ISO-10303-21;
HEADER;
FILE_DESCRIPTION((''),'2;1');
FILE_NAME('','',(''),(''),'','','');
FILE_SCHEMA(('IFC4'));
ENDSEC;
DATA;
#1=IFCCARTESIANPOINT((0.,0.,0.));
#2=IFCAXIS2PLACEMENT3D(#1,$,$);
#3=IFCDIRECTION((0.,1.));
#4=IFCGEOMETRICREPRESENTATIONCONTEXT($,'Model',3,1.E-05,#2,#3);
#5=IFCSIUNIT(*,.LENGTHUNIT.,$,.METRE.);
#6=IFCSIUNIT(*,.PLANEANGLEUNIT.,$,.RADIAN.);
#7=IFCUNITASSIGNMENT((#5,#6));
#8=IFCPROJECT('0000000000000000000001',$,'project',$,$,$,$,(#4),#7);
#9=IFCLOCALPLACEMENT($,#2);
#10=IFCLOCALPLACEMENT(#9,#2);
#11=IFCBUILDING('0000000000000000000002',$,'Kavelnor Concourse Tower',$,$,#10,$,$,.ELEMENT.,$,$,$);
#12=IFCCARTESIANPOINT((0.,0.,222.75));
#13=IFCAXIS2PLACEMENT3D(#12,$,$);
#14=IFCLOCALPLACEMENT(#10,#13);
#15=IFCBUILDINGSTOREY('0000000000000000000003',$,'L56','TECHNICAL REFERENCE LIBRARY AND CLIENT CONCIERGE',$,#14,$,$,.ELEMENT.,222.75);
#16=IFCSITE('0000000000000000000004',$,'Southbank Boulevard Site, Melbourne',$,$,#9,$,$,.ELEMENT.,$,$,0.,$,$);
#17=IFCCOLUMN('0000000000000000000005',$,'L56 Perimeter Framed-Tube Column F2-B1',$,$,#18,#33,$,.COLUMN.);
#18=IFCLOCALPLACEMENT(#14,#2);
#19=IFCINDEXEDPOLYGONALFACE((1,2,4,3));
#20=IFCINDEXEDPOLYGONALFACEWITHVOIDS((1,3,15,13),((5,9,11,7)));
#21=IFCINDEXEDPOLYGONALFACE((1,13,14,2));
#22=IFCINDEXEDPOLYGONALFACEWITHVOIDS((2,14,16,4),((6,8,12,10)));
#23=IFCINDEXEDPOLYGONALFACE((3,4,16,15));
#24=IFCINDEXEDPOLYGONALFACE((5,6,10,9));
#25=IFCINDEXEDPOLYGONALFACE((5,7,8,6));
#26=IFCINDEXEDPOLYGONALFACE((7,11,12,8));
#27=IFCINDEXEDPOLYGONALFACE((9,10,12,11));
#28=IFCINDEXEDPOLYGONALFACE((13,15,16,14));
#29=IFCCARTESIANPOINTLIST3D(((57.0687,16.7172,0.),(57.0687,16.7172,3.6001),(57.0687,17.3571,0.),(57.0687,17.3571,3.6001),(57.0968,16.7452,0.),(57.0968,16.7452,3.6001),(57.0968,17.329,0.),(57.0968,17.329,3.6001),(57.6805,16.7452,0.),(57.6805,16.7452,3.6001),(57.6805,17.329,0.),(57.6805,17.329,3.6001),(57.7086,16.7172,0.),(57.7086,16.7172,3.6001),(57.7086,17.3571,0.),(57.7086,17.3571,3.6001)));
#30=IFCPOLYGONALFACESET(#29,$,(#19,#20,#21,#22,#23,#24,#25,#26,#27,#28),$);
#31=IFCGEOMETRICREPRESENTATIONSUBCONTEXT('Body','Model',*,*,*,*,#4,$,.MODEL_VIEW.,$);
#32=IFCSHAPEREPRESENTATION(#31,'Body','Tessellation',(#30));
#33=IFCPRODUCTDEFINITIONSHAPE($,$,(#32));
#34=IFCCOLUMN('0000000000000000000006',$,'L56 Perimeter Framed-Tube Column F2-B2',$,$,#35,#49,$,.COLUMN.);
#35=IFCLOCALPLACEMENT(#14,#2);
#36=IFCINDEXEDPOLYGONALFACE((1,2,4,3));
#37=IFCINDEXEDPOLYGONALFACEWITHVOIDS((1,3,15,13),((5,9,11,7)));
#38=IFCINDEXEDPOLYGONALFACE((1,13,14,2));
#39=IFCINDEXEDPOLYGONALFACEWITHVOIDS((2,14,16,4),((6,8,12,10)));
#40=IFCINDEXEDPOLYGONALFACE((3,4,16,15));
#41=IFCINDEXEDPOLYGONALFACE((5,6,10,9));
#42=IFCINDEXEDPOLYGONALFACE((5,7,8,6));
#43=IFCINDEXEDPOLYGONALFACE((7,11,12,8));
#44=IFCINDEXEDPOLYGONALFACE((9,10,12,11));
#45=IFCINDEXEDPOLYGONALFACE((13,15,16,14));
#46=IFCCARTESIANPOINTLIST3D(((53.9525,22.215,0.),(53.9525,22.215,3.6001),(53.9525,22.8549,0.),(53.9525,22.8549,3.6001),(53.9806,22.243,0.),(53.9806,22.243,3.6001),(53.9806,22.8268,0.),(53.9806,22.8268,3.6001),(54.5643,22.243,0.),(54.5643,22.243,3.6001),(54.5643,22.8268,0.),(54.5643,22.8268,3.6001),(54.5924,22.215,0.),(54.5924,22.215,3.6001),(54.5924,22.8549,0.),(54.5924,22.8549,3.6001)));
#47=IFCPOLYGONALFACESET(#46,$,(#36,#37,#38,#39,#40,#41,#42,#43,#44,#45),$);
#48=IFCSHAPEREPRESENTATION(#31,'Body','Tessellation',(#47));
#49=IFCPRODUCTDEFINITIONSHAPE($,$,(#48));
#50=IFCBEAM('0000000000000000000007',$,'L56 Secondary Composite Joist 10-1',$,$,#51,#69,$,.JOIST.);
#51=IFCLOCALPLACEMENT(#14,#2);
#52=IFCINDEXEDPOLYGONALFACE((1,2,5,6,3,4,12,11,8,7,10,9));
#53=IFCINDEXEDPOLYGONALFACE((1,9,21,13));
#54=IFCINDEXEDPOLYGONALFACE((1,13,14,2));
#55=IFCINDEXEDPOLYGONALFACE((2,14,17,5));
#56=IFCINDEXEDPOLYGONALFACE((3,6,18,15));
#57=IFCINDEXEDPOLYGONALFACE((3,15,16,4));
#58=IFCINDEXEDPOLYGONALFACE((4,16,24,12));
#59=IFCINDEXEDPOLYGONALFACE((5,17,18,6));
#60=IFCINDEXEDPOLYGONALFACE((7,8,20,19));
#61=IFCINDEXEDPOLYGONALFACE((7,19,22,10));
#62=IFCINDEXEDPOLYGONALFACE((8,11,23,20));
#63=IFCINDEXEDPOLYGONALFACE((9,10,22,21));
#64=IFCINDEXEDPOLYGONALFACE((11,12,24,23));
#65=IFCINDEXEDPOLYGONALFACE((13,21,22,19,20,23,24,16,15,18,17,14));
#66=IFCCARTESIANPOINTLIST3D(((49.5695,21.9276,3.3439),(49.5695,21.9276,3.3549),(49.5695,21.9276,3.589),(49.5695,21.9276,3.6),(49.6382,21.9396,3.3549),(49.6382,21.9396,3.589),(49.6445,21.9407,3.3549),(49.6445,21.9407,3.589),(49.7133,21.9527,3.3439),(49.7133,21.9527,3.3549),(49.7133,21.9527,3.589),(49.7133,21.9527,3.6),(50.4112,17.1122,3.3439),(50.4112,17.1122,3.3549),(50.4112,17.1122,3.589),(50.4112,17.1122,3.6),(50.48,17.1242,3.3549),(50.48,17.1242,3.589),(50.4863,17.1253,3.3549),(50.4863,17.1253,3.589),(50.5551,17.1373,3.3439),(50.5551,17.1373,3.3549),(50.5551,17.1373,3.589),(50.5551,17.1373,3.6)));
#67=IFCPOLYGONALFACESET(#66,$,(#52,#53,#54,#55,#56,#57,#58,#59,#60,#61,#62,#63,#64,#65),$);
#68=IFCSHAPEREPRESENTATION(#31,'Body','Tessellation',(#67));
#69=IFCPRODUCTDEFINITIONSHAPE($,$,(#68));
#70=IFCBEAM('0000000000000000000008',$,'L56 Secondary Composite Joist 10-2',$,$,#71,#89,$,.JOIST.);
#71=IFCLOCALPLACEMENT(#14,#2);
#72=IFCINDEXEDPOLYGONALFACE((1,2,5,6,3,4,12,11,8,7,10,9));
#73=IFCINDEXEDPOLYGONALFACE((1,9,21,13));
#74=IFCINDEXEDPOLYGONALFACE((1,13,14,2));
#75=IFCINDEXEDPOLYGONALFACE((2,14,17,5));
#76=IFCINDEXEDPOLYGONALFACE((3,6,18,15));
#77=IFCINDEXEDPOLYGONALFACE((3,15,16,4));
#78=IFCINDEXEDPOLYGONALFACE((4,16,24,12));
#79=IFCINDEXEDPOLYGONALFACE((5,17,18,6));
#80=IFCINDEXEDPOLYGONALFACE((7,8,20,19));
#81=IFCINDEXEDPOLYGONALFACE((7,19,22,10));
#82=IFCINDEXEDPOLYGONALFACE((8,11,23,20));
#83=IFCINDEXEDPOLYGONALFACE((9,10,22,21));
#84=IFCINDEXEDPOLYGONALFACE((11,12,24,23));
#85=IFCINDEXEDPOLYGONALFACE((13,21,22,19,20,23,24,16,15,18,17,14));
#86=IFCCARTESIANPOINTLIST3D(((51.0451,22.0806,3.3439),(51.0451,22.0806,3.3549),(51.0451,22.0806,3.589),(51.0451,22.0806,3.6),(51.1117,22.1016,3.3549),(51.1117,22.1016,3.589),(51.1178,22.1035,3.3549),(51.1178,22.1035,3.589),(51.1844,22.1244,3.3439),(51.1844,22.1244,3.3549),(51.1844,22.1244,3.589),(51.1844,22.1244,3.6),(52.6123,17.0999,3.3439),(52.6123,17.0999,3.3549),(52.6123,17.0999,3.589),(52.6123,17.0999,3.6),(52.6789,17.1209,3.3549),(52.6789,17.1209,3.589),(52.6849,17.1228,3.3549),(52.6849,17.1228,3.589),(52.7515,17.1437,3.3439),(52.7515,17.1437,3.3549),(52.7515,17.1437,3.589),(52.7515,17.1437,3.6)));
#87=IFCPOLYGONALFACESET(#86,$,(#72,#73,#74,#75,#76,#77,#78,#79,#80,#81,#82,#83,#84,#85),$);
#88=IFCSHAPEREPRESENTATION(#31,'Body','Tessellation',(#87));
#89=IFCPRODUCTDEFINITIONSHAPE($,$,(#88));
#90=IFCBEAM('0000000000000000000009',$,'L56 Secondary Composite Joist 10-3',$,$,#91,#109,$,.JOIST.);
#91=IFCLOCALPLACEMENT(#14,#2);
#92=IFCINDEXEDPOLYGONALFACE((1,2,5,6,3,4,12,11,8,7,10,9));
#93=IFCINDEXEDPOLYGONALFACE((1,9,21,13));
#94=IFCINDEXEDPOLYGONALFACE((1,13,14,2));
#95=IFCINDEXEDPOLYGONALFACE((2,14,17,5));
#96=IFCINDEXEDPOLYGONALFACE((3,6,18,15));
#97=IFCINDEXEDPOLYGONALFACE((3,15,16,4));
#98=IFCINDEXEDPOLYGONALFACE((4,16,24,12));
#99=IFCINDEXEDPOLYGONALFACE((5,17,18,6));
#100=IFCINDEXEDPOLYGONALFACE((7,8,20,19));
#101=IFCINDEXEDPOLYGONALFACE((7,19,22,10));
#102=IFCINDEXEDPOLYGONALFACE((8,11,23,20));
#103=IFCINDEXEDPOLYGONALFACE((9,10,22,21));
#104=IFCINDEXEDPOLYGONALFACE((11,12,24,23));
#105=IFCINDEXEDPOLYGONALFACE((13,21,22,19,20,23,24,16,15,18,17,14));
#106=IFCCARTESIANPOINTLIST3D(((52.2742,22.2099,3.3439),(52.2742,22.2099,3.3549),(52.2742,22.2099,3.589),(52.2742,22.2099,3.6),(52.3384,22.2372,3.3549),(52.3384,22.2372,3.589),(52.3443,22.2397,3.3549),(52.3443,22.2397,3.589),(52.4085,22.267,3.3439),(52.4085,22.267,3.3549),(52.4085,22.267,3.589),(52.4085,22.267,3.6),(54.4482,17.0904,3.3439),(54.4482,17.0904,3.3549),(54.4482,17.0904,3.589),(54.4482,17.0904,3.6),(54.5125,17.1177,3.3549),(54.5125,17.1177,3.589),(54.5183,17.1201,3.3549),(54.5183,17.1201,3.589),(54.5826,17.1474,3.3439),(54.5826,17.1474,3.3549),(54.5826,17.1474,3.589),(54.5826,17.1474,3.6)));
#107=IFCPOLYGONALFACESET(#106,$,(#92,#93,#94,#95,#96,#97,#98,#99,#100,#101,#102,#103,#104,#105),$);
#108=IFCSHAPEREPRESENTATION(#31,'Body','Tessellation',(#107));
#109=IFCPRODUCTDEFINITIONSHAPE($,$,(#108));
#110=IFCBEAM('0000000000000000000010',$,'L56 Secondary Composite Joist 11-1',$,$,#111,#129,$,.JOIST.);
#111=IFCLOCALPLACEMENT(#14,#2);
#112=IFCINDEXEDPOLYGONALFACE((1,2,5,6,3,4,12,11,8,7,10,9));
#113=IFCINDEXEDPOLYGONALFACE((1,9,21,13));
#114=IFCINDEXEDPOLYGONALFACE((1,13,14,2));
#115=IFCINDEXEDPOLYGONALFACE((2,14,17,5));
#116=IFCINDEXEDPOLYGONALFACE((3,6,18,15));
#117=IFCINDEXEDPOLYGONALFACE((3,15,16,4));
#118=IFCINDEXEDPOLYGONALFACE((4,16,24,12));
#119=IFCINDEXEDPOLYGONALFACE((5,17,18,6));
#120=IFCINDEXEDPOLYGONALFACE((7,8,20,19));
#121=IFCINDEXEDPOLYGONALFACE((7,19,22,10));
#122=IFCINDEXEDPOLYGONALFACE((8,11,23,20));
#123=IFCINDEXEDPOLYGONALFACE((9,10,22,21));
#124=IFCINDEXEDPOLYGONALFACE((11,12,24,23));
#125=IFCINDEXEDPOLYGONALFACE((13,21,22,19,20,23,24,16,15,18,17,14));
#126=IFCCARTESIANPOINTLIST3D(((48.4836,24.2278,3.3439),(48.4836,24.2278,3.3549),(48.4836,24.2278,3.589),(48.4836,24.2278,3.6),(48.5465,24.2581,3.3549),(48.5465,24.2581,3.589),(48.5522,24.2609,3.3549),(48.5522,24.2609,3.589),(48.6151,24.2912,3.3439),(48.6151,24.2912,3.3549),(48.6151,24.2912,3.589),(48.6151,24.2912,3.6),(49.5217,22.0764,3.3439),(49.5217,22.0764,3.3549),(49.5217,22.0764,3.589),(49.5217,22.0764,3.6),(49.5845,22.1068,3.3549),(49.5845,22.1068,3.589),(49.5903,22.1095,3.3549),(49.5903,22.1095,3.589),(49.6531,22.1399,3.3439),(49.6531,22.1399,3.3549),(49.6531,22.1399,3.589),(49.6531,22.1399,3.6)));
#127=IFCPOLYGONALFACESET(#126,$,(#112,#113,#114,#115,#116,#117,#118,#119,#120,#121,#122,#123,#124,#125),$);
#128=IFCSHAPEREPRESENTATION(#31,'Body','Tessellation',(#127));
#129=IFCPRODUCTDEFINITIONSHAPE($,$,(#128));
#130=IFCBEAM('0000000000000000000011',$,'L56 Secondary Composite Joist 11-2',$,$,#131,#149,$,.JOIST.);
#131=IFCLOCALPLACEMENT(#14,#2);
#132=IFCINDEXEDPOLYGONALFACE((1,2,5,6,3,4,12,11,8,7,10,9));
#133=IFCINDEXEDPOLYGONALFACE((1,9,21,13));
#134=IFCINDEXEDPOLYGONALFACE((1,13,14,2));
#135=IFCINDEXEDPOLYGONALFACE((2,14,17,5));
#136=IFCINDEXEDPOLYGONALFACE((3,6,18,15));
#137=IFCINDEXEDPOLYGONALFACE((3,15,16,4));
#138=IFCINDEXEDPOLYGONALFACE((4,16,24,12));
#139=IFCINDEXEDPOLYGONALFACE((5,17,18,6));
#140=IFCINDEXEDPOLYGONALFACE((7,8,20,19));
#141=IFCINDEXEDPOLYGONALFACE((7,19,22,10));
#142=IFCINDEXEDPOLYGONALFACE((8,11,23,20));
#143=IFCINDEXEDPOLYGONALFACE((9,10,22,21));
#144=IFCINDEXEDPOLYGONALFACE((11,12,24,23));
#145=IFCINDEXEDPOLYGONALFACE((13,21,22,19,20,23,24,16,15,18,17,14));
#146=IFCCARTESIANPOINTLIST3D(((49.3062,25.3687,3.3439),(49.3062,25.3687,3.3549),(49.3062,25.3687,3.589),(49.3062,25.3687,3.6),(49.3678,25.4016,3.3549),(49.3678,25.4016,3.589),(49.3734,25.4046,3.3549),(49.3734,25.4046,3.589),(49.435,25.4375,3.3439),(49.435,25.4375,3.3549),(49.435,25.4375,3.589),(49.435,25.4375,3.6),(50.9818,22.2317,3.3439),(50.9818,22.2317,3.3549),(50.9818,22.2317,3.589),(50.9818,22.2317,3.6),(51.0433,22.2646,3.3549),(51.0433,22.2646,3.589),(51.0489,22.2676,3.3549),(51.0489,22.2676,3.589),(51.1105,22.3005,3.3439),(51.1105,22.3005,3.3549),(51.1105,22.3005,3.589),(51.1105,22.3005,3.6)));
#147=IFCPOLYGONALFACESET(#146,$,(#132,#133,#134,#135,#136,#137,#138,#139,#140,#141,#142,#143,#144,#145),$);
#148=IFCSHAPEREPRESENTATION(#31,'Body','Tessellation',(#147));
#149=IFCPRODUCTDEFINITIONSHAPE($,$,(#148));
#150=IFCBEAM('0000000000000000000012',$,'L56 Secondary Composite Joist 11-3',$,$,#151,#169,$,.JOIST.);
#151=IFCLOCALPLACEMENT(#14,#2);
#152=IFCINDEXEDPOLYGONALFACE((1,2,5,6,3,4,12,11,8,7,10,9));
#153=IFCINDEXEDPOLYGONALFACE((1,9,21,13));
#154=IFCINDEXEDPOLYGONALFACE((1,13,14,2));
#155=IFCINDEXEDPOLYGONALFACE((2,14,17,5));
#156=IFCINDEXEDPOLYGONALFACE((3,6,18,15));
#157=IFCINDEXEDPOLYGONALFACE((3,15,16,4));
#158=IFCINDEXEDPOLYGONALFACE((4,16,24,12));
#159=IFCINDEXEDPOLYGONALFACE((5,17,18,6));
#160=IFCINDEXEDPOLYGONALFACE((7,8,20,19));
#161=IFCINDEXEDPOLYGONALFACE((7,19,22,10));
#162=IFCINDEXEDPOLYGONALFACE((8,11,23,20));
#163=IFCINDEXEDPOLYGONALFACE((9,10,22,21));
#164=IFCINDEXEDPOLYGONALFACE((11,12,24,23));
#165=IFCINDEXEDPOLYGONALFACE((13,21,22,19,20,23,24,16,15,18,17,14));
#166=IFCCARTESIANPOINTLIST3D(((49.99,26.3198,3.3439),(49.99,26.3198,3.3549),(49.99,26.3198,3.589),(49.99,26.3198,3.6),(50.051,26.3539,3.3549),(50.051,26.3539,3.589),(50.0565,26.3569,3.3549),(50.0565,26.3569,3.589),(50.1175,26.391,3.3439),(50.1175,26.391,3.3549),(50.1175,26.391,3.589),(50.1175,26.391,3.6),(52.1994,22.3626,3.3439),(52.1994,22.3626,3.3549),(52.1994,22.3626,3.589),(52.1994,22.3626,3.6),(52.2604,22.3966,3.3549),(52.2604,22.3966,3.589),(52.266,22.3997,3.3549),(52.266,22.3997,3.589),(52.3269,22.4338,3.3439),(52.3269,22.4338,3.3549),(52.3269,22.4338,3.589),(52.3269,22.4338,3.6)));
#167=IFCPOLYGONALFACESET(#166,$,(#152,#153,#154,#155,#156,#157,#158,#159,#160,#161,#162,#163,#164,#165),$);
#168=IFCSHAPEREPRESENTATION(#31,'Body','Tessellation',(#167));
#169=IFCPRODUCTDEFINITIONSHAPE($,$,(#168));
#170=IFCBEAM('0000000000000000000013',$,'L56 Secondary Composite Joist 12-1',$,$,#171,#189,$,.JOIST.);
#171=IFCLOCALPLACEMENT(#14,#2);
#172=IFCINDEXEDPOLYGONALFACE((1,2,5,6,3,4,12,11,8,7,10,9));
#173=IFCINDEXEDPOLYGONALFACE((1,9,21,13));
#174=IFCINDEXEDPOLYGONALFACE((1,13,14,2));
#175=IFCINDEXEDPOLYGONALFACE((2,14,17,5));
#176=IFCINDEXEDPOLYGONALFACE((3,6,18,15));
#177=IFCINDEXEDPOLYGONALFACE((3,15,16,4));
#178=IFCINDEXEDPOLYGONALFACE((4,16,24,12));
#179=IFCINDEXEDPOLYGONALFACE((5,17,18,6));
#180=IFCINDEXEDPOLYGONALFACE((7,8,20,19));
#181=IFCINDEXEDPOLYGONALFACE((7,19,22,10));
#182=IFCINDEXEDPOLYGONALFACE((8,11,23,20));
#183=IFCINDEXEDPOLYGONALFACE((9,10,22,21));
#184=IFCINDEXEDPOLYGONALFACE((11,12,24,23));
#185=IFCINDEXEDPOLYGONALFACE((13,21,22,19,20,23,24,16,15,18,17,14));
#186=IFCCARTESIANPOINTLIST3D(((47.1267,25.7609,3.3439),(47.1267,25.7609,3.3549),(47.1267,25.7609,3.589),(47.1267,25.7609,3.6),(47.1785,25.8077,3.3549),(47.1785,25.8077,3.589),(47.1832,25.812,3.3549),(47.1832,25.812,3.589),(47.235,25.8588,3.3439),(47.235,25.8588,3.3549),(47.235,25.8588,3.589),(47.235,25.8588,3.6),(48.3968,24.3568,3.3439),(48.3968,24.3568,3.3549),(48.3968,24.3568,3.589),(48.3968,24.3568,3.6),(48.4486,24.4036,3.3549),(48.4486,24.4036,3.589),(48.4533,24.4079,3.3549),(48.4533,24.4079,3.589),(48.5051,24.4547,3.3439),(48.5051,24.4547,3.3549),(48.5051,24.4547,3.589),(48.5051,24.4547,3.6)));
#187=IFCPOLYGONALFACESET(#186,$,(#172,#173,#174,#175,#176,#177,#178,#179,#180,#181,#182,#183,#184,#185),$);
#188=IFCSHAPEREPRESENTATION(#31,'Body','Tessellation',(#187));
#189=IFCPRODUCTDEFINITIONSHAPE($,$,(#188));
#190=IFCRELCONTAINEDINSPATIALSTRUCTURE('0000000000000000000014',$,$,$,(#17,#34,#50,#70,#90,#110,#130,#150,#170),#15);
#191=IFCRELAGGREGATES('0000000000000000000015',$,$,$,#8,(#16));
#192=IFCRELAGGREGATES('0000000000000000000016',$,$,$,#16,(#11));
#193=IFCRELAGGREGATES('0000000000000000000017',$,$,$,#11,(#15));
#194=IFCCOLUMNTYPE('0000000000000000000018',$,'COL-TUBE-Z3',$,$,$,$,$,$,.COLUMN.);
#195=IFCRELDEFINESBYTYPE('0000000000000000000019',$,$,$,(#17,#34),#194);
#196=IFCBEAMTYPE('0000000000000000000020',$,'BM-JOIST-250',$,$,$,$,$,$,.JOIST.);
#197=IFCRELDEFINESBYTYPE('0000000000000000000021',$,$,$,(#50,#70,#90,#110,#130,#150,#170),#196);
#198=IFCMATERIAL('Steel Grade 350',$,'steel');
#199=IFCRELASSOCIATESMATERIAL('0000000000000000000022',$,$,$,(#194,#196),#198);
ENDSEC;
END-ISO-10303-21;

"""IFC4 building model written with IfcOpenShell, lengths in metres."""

from ifc_helpers import new_model, si_unit, direction, frame, origin, origin_2d, place, context, subcontext, project, spatial, hollow_rectangle, i_section, extrude, material, material_profile, profile_set, type_object, element, save


model = new_model("IFC4")

# Units and contexts
model_context = context("Model", 3, precision=1e-05, world=origin(), true_north=direction((0.0, 1.0)))
body_context = subcontext(model_context, "Body", "Model", "MODEL_VIEW")
ifc_project = project(units=[si_unit("LENGTHUNIT", "METRE"), si_unit("PLANEANGLEUNIT", "RADIAN")], contexts=[model_context])

# Site, building, storey
site_placement = place(None, origin())
site = spatial("IfcSite", under=ifc_project, at=site_placement, Name="Southbank Boulevard Site, Melbourne", CompositionType="ELEMENT", RefElevation=0.0)
building_placement = place(site_placement, origin())
building = spatial("IfcBuilding", under=site, at=building_placement, Name="Kavelnor Concourse Tower", CompositionType="ELEMENT")
storey_placement = place(building_placement, frame((0.0, 0.0, 222.75)))
storey = spatial("IfcBuildingStorey", under=building, at=storey_placement, Name="L56", Description="TECHNICAL REFERENCE LIBRARY AND CLIENT CONCIERGE", CompositionType="ELEMENT", Elevation=222.75)

# Columns
ifc_material_1 = material(Name="Steel Grade 350", Category="steel")
ifc_material_profile_1 = material_profile(ifc_material_1, hollow_rectangle(XDim=0.6399, YDim=0.6399, WallThickness=0.0281, at=origin_2d()), Name="SHS 640x640x28")
ifc_profile_set_1 = profile_set([ifc_material_profile_1], Name="Steel Grade 350")
column_type = type_object("IfcColumnType", Name="COL-TUBE-Z3", PredefinedType="COLUMN", material=ifc_profile_set_1)
for number, where, z_axis, x_axis, name in (
    (1, (57.3887, 17.0371, 0.0), (0.0, 0.0, 1.0), (1.0, 0.0, 0.0), "L56 Perimeter Framed-Tube Column F2-B1"),
    (2, (54.2725, 22.5349, 0.0), (0.0, 0.0, 1.0), (1.0, 0.0, 0.0), "L56 Perimeter Framed-Tube Column F2-B2"),
):
    element("IfcColumn", number, at=place(storey_placement, frame(where, z_axis=z_axis, x_axis=x_axis)), inside=storey, type_object=column_type, Name=name, PredefinedType="COLUMN", context=body_context, shape_type="SweptSolid", body=[
        extrude(hollow_rectangle(XDim=0.6399, YDim=0.6399, WallThickness=0.0281, at=origin_2d()), origin(), (0.0, 0.0, 1.0), 3.6001),
    ])

# Beams
ifc_material_profile_2 = material_profile(ifc_material_1, i_section(OverallWidth=0.146, OverallDepth=0.2561, WebThickness=0.0063, FlangeThickness=0.011, at=origin_2d()), Name="250UB37")
ifc_profile_set_2 = profile_set([ifc_material_profile_2], Name="Steel Grade 350")
beam_type_1 = type_object("IfcBeamType", Name="BM-JOIST-250", PredefinedType="JOIST", material=ifc_profile_set_2)
beam_1_placement = place(storey_placement, frame((50.4832, 17.1248, 3.4719), z_axis=(-0.172201, 0.985062, 0.0), x_axis=(-0.985062, -0.172201, 0.0)))
element("IfcBeam", 3, at=beam_1_placement, inside=storey, type_object=beam_type_1, Name="L56 Secondary Composite Joist 10-1", PredefinedType="JOIST", context=body_context, shape_type="SweptSolid", body=[
    extrude(i_section(OverallWidth=0.146, OverallDepth=0.2561, WebThickness=0.0063, FlangeThickness=0.011, at=origin_2d()), origin(), (0.0, 0.0, 1.0), 4.8884),
])
beam_2_placement = place(storey_placement, frame((52.6819, 17.1218, 3.4719), z_axis=(-0.300135, 0.953897, 0.0), x_axis=(-0.953897, -0.300135, 0.0)))
element("IfcBeam", 4, at=beam_2_placement, inside=storey, type_object=beam_type_1, Name="L56 Secondary Composite Joist 10-2", PredefinedType="JOIST", context=body_context, shape_type="SweptSolid", body=[
    extrude(i_section(OverallWidth=0.146, OverallDepth=0.2561, WebThickness=0.0063, FlangeThickness=0.011, at=origin_2d()), origin(), (0.0, 0.0, 1.0), 5.2214),
])
beam_3_placement = place(storey_placement, frame((54.5154, 17.1189, 3.4719), z_axis=(-0.390871, 0.920445, 0.0), x_axis=(-0.920445, -0.390871, 0.0)))
element("IfcBeam", 5, at=beam_3_placement, inside=storey, type_object=beam_type_1, Name="L56 Secondary Composite Joist 10-3", PredefinedType="JOIST", context=body_context, shape_type="SweptSolid", body=[
    extrude(i_section(OverallWidth=0.146, OverallDepth=0.2561, WebThickness=0.0063, FlangeThickness=0.011, at=origin_2d()), origin(), (0.0, 0.0, 1.0), 5.562),
])
beam_4_placement = place(storey_placement, frame((49.5874, 22.1082, 3.4719), z_axis=(-0.434578, 0.900634, 0.0), x_axis=(-0.900634, -0.434578, 0.0)))
element("IfcBeam", 6, at=beam_4_placement, inside=storey, type_object=beam_type_1, Name="L56 Secondary Composite Joist 11-1", PredefinedType="JOIST", context=body_context, shape_type="SweptSolid", body=[
    extrude(i_section(OverallWidth=0.146, OverallDepth=0.2561, WebThickness=0.0063, FlangeThickness=0.011, at=origin_2d()), origin(), (0.0, 0.0, 1.0), 2.3887),
])
beam_5_placement = place(storey_placement, frame((51.0461, 22.2661, 3.4719), z_axis=(-0.471133, 0.882062, 0.0), x_axis=(-0.882062, -0.471133, 0.0)))
element("IfcBeam", 7, at=beam_5_placement, inside=storey, type_object=beam_type_1, Name="L56 Secondary Composite Joist 11-2", PredefinedType="JOIST", context=body_context, shape_type="SweptSolid", body=[
    extrude(i_section(OverallWidth=0.146, OverallDepth=0.2561, WebThickness=0.0063, FlangeThickness=0.011, at=origin_2d()), origin(), (0.0, 0.0, 1.0), 3.5564),
])
beam_6_placement = place(storey_placement, frame((52.2632, 22.3982, 3.4719), z_axis=(-0.487494, 0.873126, 0.0), x_axis=(-0.873126, -0.487494, 0.0)))
element("IfcBeam", 8, at=beam_6_placement, inside=storey, type_object=beam_type_1, Name="L56 Secondary Composite Joist 11-3", PredefinedType="JOIST", context=body_context, shape_type="SweptSolid", body=[
    extrude(i_section(OverallWidth=0.146, OverallDepth=0.2561, WebThickness=0.0063, FlangeThickness=0.011, at=origin_2d()), origin(), (0.0, 0.0, 1.0), 4.5322),
])
beam_7_placement = place(storey_placement, frame((48.4509, 24.4058, 3.4719), z_axis=(-0.670822, 0.741618, 0.0), x_axis=(-0.741618, -0.670822, 0.0)))
element("IfcBeam", 9, at=beam_7_placement, inside=storey, type_object=beam_type_1, Name="L56 Secondary Composite Joist 12-1", PredefinedType="JOIST", context=body_context, shape_type="SweptSolid", body=[
    extrude(i_section(OverallWidth=0.146, OverallDepth=0.2561, WebThickness=0.0063, FlangeThickness=0.011, at=origin_2d()), origin(), (0.0, 0.0, 1.0), 1.8933),
])

save(model, "model.ifc")
